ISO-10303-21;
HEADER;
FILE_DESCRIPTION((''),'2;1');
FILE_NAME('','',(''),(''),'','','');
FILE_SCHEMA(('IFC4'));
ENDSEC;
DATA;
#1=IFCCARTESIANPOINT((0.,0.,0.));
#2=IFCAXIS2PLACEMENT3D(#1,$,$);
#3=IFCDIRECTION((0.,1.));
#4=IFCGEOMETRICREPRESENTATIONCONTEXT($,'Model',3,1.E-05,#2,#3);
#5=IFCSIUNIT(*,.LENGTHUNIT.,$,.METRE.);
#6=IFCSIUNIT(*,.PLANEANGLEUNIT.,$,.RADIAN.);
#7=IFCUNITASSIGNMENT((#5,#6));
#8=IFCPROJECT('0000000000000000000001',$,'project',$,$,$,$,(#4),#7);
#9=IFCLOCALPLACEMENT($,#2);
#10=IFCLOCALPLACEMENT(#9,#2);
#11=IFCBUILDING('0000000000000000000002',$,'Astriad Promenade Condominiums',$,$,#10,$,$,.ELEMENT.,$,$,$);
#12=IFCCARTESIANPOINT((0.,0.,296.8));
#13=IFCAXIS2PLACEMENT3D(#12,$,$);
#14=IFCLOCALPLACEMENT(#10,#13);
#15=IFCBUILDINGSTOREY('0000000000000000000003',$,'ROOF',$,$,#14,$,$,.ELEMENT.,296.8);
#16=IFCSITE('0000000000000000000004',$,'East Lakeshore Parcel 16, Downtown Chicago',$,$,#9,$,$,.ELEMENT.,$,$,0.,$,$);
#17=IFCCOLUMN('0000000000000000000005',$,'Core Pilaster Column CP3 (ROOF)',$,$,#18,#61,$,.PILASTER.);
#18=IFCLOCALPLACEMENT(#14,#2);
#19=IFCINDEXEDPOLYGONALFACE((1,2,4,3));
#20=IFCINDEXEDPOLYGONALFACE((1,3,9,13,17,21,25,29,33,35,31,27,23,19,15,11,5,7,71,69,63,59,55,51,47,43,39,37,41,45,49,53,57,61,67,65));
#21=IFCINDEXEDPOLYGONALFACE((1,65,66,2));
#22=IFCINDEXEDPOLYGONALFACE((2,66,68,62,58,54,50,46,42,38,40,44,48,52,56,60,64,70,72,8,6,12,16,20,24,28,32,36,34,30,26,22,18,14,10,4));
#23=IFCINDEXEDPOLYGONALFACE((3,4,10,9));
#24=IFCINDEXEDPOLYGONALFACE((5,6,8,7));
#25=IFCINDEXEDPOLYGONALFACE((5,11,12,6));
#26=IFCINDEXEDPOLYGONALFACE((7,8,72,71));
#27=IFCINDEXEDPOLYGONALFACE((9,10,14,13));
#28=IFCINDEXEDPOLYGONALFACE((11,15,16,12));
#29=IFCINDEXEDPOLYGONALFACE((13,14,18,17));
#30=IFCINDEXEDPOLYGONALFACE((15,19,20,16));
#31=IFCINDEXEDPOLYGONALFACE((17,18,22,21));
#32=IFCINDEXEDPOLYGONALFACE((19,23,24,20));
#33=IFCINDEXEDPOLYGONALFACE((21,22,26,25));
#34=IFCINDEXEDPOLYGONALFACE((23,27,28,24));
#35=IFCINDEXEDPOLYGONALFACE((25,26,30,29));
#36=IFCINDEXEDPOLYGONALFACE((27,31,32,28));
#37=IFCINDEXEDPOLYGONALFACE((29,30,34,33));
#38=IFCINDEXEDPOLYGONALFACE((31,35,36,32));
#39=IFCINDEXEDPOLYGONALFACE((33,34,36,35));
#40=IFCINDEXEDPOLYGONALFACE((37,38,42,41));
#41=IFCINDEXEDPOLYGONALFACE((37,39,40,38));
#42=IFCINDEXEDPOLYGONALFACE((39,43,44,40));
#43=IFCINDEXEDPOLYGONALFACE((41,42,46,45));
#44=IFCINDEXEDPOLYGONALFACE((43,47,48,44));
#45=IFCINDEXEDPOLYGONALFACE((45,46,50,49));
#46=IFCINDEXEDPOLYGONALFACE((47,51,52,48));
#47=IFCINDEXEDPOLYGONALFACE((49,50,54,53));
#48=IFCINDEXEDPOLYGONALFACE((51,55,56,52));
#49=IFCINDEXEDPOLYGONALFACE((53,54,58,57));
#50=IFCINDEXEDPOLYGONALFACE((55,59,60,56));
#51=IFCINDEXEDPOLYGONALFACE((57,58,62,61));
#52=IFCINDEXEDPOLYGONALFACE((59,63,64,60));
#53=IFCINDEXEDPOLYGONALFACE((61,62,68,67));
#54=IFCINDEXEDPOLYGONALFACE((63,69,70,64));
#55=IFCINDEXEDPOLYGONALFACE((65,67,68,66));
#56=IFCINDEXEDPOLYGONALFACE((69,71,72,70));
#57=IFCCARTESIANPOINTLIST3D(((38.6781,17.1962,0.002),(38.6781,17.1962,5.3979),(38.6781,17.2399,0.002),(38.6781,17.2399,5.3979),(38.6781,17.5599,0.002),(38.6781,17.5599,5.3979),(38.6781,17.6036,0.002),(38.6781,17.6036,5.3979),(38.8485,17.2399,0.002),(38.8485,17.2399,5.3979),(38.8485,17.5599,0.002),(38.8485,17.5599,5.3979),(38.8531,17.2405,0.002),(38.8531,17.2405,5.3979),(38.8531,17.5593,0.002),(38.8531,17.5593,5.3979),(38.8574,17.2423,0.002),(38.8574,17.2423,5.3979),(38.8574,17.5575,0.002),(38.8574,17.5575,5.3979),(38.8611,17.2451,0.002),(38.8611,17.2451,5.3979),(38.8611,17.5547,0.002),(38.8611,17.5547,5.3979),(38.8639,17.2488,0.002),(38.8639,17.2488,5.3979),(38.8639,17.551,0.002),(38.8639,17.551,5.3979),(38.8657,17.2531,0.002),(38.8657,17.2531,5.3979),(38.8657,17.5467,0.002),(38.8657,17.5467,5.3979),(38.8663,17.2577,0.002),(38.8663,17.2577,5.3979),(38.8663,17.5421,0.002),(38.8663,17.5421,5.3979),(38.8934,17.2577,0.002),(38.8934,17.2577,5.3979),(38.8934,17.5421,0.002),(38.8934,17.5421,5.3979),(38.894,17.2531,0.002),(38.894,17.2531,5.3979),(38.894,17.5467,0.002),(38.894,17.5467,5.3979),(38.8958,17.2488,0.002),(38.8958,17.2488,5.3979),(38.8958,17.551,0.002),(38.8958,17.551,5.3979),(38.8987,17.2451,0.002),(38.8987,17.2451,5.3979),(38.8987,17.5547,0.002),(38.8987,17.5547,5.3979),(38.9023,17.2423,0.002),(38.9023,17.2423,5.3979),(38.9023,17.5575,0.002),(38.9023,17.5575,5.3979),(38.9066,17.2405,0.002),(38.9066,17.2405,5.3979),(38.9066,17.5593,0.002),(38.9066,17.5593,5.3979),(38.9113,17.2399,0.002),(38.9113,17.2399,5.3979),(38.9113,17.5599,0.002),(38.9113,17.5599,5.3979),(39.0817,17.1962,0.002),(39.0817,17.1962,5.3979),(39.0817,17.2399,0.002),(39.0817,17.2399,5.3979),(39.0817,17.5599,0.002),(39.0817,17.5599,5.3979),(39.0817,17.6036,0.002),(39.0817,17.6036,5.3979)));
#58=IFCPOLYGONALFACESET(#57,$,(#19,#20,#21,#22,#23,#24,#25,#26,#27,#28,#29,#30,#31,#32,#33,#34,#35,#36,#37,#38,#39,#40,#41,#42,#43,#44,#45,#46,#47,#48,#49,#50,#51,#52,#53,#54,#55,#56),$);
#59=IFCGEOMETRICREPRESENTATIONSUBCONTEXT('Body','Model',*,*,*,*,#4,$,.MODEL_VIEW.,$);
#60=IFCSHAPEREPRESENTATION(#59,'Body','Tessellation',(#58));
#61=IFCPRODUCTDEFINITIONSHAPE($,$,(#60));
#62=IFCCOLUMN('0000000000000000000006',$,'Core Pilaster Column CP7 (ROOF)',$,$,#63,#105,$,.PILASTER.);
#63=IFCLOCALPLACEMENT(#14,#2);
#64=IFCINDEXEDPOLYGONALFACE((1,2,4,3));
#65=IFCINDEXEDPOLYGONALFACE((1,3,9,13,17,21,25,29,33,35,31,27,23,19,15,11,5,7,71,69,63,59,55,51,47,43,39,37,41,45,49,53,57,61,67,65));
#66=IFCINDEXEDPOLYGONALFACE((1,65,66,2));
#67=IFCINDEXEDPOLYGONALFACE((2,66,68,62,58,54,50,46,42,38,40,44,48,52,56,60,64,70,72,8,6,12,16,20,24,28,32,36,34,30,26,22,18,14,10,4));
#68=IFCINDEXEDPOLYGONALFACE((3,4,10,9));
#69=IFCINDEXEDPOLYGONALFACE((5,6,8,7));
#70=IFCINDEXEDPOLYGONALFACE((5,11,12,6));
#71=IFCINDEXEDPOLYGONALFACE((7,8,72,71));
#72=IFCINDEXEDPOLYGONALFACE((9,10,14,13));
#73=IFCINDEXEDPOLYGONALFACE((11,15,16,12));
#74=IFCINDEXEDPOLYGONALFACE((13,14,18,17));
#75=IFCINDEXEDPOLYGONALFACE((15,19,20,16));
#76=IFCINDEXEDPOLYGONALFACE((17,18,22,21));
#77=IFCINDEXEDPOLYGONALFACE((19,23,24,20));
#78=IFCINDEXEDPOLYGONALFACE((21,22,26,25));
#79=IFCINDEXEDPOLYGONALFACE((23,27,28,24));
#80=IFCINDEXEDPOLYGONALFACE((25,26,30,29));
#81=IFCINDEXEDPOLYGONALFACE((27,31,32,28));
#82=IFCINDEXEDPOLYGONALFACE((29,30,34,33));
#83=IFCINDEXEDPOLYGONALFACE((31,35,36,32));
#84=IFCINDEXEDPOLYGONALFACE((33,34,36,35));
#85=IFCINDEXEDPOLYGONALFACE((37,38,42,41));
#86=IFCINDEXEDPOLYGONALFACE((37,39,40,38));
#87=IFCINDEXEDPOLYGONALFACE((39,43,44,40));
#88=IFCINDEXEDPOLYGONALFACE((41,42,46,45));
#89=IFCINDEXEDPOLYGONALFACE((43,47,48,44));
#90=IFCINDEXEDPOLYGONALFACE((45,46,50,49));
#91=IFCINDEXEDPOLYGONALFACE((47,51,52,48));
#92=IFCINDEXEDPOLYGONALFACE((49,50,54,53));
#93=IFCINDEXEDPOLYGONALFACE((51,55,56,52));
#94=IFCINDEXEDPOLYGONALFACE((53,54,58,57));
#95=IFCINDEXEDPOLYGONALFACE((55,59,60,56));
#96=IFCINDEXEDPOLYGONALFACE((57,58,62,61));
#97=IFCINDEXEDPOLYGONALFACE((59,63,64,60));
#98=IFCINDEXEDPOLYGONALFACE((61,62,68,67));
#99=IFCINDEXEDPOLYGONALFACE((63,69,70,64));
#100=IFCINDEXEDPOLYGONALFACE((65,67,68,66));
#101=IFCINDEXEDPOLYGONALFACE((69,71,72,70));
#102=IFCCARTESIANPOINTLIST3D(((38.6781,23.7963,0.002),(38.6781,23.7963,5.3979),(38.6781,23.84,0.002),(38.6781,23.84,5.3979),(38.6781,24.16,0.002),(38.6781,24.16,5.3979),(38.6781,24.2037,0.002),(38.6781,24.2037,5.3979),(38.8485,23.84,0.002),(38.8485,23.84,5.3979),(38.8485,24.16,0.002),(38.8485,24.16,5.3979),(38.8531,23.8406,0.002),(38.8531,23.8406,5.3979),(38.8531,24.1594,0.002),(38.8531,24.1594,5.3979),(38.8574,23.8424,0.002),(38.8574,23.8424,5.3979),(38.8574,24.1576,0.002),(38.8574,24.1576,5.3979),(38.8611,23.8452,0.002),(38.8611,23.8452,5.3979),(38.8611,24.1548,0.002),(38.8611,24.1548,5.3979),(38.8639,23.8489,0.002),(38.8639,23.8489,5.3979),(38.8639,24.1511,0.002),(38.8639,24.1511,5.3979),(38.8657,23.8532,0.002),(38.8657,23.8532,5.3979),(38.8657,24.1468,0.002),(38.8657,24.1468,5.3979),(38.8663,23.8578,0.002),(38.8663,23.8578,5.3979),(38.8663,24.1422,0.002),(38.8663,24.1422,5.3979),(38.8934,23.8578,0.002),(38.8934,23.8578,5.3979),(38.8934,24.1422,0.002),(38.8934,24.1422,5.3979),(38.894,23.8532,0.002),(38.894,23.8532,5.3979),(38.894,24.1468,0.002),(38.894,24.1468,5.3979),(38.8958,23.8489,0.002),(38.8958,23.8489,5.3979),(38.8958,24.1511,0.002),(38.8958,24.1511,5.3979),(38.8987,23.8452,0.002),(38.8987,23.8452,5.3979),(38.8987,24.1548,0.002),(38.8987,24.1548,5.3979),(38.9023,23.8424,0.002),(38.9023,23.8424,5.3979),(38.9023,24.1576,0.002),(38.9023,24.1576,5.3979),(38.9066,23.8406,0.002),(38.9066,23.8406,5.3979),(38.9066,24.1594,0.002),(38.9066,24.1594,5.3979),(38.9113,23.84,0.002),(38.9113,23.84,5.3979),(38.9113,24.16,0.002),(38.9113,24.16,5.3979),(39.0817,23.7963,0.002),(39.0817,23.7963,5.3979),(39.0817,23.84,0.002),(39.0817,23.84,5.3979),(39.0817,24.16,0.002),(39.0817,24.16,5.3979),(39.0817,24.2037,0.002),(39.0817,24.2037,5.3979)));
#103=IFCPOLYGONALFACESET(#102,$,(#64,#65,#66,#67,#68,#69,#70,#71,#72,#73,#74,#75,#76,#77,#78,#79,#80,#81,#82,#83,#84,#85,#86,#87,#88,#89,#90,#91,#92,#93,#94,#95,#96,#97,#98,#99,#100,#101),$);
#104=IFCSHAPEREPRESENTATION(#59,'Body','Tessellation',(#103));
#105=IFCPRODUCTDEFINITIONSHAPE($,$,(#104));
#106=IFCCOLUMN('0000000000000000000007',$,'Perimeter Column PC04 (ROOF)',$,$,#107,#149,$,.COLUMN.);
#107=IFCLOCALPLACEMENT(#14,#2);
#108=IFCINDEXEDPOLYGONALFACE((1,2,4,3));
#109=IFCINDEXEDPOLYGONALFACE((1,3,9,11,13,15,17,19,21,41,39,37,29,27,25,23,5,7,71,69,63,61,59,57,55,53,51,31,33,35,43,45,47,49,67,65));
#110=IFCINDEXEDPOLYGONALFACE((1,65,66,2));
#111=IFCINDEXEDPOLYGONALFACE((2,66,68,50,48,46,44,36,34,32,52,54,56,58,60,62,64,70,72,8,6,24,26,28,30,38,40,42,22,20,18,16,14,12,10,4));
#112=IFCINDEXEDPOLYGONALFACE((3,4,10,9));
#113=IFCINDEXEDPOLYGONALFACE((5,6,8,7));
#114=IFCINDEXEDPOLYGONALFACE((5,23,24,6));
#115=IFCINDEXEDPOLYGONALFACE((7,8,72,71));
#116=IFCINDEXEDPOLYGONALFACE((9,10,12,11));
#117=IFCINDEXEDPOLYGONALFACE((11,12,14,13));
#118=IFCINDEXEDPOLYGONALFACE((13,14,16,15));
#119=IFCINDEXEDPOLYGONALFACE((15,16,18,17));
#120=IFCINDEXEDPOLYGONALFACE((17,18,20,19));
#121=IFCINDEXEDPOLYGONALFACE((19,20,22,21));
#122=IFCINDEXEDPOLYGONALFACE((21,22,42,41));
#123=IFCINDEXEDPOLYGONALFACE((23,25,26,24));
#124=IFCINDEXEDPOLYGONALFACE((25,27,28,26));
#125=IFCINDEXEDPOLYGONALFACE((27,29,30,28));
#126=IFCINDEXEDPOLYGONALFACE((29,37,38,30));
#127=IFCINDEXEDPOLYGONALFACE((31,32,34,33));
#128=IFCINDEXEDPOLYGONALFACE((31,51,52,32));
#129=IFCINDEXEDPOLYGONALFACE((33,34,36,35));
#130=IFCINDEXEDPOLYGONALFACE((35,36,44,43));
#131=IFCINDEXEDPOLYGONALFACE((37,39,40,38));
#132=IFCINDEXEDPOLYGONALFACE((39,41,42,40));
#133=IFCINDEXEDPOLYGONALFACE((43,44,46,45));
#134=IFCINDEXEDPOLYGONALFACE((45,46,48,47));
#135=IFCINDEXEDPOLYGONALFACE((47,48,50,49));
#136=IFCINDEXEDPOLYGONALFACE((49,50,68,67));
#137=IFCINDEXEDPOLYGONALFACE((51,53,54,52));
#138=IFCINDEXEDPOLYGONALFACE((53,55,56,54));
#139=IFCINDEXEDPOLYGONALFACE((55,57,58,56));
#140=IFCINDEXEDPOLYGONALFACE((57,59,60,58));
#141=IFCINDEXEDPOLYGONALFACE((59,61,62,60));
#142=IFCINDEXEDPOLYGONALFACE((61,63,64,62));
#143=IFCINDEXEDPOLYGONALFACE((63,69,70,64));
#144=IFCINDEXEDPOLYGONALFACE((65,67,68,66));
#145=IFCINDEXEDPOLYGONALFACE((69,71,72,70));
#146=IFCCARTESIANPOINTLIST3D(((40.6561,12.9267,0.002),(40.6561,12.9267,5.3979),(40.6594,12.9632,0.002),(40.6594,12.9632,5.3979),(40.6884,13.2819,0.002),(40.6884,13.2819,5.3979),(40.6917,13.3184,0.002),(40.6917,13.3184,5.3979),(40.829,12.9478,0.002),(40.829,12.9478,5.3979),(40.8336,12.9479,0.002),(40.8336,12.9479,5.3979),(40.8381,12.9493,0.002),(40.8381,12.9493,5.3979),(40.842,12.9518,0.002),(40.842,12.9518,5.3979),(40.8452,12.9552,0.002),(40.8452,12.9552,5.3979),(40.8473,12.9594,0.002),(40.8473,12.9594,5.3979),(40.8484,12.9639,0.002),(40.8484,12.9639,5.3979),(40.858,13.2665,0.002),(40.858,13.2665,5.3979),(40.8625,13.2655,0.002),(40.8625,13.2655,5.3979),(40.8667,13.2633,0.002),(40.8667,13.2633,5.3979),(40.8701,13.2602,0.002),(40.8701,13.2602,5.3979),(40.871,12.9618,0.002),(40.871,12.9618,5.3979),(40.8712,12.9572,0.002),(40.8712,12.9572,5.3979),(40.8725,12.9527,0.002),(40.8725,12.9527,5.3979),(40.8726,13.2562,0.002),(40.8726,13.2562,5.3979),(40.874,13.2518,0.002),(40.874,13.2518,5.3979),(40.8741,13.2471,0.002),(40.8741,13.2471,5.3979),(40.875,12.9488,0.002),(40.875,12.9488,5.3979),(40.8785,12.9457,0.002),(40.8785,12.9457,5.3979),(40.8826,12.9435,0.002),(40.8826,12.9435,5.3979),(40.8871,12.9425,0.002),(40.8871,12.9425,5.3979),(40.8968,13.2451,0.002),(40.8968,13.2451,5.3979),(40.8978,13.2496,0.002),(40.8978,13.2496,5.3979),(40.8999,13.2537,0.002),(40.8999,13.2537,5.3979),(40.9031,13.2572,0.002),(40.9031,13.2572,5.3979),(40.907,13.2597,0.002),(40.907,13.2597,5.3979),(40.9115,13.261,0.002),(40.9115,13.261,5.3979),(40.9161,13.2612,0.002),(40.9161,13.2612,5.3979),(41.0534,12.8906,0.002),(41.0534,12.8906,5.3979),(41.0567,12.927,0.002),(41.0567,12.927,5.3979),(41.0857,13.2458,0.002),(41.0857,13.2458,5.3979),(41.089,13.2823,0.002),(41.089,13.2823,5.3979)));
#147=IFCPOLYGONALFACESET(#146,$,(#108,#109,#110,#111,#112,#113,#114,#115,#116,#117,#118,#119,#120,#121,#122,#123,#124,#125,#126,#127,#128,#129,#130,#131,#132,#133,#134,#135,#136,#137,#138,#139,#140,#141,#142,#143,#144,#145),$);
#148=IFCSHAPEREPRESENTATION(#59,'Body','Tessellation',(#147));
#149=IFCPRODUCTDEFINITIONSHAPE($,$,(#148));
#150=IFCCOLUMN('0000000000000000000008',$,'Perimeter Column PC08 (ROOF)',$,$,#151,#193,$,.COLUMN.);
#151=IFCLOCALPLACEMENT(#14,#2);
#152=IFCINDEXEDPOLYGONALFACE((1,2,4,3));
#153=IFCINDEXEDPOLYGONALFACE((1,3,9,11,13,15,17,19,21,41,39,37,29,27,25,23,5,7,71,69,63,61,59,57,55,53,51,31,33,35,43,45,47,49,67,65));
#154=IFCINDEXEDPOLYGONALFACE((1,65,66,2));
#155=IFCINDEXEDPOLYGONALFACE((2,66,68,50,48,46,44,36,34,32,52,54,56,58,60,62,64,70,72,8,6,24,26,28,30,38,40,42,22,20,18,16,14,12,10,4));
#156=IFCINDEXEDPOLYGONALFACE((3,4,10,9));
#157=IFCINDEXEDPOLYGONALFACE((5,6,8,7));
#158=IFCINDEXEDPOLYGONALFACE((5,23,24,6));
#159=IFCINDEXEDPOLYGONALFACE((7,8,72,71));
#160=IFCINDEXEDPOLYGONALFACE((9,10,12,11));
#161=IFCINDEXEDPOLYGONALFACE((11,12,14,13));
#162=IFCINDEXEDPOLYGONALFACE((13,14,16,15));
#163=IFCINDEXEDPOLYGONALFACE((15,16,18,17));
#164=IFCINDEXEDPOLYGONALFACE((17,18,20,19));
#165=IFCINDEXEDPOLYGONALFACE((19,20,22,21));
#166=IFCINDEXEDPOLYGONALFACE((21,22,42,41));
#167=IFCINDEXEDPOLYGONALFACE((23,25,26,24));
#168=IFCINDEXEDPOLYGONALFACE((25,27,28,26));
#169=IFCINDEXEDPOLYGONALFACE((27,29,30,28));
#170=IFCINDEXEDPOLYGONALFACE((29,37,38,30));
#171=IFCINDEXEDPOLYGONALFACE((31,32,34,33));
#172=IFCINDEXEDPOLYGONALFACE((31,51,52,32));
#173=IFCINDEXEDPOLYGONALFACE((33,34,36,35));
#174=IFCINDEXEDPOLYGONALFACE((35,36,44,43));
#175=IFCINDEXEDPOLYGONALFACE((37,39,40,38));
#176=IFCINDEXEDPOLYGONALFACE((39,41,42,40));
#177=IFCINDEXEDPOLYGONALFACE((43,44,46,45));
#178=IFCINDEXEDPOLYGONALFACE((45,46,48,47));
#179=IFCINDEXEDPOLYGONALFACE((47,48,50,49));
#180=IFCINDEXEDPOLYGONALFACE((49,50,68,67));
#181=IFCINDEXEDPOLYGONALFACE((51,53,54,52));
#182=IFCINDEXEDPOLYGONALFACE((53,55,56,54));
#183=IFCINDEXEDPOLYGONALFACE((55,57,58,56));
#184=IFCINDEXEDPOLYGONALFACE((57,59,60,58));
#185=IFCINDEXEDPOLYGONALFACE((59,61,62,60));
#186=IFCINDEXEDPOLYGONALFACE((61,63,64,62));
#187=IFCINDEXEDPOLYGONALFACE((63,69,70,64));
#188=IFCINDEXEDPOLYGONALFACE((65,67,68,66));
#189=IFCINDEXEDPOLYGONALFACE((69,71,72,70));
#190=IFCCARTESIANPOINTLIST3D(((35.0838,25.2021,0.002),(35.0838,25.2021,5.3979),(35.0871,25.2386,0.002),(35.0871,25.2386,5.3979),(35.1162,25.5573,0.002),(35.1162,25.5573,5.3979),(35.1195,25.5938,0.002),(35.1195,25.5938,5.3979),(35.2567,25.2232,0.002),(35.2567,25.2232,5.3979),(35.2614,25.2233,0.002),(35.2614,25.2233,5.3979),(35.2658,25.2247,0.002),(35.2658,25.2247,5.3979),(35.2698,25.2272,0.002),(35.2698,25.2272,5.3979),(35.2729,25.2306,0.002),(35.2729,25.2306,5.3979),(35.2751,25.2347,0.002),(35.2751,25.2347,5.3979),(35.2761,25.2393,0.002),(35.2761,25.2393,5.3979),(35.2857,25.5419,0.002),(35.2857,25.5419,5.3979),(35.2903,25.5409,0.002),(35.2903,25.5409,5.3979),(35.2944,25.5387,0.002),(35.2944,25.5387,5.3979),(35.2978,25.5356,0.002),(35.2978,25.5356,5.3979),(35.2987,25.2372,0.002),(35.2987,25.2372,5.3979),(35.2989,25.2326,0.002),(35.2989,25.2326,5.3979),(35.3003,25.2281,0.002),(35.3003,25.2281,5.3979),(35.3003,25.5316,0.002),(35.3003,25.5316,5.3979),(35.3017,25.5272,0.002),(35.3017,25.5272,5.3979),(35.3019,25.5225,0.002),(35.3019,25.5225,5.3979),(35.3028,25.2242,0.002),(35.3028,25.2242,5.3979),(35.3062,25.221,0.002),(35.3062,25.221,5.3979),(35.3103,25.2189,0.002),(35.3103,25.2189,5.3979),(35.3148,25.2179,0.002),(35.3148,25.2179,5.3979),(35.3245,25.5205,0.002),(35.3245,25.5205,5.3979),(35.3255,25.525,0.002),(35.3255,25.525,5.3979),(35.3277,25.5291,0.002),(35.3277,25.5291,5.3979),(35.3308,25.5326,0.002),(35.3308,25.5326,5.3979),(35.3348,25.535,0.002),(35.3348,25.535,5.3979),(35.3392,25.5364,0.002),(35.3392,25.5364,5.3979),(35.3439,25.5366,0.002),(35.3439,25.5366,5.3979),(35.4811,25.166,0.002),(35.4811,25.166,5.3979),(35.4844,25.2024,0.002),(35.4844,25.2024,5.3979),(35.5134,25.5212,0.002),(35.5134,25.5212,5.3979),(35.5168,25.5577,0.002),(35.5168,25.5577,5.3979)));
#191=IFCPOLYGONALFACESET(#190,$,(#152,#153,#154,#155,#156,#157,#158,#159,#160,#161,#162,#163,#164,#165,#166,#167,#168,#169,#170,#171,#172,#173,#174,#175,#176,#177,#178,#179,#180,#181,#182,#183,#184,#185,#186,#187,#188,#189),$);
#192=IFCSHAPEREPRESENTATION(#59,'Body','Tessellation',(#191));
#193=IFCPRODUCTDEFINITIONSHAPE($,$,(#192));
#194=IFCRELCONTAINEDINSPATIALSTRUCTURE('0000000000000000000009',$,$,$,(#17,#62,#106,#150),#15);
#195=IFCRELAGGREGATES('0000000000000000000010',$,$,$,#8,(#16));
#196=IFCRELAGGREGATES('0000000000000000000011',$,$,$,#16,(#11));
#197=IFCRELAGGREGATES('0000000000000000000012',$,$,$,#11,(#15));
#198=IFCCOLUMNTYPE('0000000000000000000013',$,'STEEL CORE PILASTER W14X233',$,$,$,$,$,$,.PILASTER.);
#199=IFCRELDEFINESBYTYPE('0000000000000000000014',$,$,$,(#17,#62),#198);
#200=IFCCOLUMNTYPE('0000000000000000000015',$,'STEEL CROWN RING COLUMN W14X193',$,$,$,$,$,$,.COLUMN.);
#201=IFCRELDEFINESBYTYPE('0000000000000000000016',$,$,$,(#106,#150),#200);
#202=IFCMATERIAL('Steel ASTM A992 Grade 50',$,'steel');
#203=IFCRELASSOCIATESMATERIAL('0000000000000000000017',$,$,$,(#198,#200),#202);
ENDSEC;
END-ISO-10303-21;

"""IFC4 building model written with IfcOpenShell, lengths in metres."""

from ifc_helpers import new_model, si_unit, direction, frame, origin, origin_2d, place, context, subcontext, project, spatial, i_section, extrude, source, transform, mapped, material, material_profile, profile_set, type_object, type_shapes, element, save


model = new_model("IFC4")

# Units and contexts
model_context = context("Model", 3, precision=1e-05, world=origin(), true_north=direction((0.0, 1.0)))
body_context = subcontext(model_context, "Body", "Model", "MODEL_VIEW")
ifc_project = project(units=[si_unit("LENGTHUNIT", "METRE"), si_unit("PLANEANGLEUNIT", "RADIAN")], contexts=[model_context])

# Site, building, storey
site_placement = place(None, origin())
site = spatial("IfcSite", under=ifc_project, at=site_placement, Name="East Lakeshore Parcel 16, Downtown Chicago", CompositionType="ELEMENT", RefElevation=0.0)
building_placement = place(site_placement, origin())
building = spatial("IfcBuilding", under=site, at=building_placement, Name="Astriad Promenade Condominiums", CompositionType="ELEMENT")
storey_placement = place(building_placement, frame((0.0, 0.0, 296.8)))
storey = spatial("IfcBuildingStorey", under=building, at=storey_placement, Name="ROOF", CompositionType="ELEMENT", Elevation=296.8)

# Columns
ifc_material_1 = material(Name="Steel ASTM A992 Grade 50", Category="steel")
ifc_material_profile_1 = material_profile(ifc_material_1, i_section(OverallWidth=0.4036, OverallDepth=0.4075, WebThickness=0.0271, FlangeThickness=0.0437, FilletRadius=0.0178, at=origin_2d()), Name="W14X233")
ifc_profile_set_1 = profile_set([ifc_material_profile_1], Name="Steel ASTM A992 Grade 50")
column_type_1 = type_object("IfcColumnType", Name="STEEL CORE PILASTER W14X233", PredefinedType="PILASTER", material=ifc_profile_set_1)
shared_shape_1 = source(origin(), body_context, "Body", "SweptSolid", [
    extrude(i_section(OverallWidth=0.4036, OverallDepth=0.4075, WebThickness=0.0271, FlangeThickness=0.0437, FilletRadius=0.0178, at=origin_2d()), origin(), (0.0, 0.0, 1.0), 5.396),
])
type_shapes(column_type_1, [shared_shape_1])
for number, where, z_axis, x_axis, name in (
    (1, (38.8799, 17.3999, 0.002), (0.0, 0.0, 1.0), (1.0, 0.0, 0.0), "Core Pilaster Column CP3 (ROOF)"),
    (2, (38.8799, 24.0, 0.002), (0.0, 0.0, 1.0), (1.0, 0.0, 0.0), "Core Pilaster Column CP7 (ROOF)"),
):
    element("IfcColumn", number, at=place(storey_placement, frame(where, z_axis=z_axis, x_axis=x_axis)), inside=storey, type_object=column_type_1, Name=name, PredefinedType="PILASTER", context=body_context, shape_type="MappedRepresentation", body=[
        mapped(shared_shape_1, transform((0.0, 0.0, 0.0), scale=1.0)),
    ])
ifc_material_profile_2 = material_profile(ifc_material_1, i_section(OverallWidth=0.3989, OverallDepth=0.3933, WebThickness=0.0227, FlangeThickness=0.0366, FilletRadius=0.0178, at=origin_2d()), Name="W14X193")
ifc_profile_set_2 = profile_set([ifc_material_profile_2], Name="Steel ASTM A992 Grade 50")
column_type_2 = type_object("IfcColumnType", Name="STEEL CROWN RING COLUMN W14X193", PredefinedType="COLUMN", material=ifc_profile_set_2)
shared_shape_2 = source(origin(), body_context, "Body", "SweptSolid", [
    extrude(i_section(OverallWidth=0.3989, OverallDepth=0.3933, WebThickness=0.0227, FlangeThickness=0.0366, FilletRadius=0.0178, at=origin_2d()), origin(), (0.0, 0.0, 1.0), 5.396),
])
type_shapes(column_type_2, [shared_shape_2])
for number, where, z_axis, x_axis, name in (
    (3, (40.8726, 13.1045, 0.002), (0.0, 0.0, 1.0), (0.995884, -0.090633, 0.0), "Perimeter Column PC04 (ROOF)"),
    (4, (35.3003, 25.3799, 0.002), (0.0, 0.0, 1.0), (0.995884, -0.090633, 0.0), "Perimeter Column PC08 (ROOF)"),
):
    element("IfcColumn", number, at=place(storey_placement, frame(where, z_axis=z_axis, x_axis=x_axis)), inside=storey, type_object=column_type_2, Name=name, PredefinedType="COLUMN", context=body_context, shape_type="MappedRepresentation", body=[
        mapped(shared_shape_2, transform((0.0, 0.0, 0.0), scale=1.0)),
    ])

save(model, "model.ifc")
